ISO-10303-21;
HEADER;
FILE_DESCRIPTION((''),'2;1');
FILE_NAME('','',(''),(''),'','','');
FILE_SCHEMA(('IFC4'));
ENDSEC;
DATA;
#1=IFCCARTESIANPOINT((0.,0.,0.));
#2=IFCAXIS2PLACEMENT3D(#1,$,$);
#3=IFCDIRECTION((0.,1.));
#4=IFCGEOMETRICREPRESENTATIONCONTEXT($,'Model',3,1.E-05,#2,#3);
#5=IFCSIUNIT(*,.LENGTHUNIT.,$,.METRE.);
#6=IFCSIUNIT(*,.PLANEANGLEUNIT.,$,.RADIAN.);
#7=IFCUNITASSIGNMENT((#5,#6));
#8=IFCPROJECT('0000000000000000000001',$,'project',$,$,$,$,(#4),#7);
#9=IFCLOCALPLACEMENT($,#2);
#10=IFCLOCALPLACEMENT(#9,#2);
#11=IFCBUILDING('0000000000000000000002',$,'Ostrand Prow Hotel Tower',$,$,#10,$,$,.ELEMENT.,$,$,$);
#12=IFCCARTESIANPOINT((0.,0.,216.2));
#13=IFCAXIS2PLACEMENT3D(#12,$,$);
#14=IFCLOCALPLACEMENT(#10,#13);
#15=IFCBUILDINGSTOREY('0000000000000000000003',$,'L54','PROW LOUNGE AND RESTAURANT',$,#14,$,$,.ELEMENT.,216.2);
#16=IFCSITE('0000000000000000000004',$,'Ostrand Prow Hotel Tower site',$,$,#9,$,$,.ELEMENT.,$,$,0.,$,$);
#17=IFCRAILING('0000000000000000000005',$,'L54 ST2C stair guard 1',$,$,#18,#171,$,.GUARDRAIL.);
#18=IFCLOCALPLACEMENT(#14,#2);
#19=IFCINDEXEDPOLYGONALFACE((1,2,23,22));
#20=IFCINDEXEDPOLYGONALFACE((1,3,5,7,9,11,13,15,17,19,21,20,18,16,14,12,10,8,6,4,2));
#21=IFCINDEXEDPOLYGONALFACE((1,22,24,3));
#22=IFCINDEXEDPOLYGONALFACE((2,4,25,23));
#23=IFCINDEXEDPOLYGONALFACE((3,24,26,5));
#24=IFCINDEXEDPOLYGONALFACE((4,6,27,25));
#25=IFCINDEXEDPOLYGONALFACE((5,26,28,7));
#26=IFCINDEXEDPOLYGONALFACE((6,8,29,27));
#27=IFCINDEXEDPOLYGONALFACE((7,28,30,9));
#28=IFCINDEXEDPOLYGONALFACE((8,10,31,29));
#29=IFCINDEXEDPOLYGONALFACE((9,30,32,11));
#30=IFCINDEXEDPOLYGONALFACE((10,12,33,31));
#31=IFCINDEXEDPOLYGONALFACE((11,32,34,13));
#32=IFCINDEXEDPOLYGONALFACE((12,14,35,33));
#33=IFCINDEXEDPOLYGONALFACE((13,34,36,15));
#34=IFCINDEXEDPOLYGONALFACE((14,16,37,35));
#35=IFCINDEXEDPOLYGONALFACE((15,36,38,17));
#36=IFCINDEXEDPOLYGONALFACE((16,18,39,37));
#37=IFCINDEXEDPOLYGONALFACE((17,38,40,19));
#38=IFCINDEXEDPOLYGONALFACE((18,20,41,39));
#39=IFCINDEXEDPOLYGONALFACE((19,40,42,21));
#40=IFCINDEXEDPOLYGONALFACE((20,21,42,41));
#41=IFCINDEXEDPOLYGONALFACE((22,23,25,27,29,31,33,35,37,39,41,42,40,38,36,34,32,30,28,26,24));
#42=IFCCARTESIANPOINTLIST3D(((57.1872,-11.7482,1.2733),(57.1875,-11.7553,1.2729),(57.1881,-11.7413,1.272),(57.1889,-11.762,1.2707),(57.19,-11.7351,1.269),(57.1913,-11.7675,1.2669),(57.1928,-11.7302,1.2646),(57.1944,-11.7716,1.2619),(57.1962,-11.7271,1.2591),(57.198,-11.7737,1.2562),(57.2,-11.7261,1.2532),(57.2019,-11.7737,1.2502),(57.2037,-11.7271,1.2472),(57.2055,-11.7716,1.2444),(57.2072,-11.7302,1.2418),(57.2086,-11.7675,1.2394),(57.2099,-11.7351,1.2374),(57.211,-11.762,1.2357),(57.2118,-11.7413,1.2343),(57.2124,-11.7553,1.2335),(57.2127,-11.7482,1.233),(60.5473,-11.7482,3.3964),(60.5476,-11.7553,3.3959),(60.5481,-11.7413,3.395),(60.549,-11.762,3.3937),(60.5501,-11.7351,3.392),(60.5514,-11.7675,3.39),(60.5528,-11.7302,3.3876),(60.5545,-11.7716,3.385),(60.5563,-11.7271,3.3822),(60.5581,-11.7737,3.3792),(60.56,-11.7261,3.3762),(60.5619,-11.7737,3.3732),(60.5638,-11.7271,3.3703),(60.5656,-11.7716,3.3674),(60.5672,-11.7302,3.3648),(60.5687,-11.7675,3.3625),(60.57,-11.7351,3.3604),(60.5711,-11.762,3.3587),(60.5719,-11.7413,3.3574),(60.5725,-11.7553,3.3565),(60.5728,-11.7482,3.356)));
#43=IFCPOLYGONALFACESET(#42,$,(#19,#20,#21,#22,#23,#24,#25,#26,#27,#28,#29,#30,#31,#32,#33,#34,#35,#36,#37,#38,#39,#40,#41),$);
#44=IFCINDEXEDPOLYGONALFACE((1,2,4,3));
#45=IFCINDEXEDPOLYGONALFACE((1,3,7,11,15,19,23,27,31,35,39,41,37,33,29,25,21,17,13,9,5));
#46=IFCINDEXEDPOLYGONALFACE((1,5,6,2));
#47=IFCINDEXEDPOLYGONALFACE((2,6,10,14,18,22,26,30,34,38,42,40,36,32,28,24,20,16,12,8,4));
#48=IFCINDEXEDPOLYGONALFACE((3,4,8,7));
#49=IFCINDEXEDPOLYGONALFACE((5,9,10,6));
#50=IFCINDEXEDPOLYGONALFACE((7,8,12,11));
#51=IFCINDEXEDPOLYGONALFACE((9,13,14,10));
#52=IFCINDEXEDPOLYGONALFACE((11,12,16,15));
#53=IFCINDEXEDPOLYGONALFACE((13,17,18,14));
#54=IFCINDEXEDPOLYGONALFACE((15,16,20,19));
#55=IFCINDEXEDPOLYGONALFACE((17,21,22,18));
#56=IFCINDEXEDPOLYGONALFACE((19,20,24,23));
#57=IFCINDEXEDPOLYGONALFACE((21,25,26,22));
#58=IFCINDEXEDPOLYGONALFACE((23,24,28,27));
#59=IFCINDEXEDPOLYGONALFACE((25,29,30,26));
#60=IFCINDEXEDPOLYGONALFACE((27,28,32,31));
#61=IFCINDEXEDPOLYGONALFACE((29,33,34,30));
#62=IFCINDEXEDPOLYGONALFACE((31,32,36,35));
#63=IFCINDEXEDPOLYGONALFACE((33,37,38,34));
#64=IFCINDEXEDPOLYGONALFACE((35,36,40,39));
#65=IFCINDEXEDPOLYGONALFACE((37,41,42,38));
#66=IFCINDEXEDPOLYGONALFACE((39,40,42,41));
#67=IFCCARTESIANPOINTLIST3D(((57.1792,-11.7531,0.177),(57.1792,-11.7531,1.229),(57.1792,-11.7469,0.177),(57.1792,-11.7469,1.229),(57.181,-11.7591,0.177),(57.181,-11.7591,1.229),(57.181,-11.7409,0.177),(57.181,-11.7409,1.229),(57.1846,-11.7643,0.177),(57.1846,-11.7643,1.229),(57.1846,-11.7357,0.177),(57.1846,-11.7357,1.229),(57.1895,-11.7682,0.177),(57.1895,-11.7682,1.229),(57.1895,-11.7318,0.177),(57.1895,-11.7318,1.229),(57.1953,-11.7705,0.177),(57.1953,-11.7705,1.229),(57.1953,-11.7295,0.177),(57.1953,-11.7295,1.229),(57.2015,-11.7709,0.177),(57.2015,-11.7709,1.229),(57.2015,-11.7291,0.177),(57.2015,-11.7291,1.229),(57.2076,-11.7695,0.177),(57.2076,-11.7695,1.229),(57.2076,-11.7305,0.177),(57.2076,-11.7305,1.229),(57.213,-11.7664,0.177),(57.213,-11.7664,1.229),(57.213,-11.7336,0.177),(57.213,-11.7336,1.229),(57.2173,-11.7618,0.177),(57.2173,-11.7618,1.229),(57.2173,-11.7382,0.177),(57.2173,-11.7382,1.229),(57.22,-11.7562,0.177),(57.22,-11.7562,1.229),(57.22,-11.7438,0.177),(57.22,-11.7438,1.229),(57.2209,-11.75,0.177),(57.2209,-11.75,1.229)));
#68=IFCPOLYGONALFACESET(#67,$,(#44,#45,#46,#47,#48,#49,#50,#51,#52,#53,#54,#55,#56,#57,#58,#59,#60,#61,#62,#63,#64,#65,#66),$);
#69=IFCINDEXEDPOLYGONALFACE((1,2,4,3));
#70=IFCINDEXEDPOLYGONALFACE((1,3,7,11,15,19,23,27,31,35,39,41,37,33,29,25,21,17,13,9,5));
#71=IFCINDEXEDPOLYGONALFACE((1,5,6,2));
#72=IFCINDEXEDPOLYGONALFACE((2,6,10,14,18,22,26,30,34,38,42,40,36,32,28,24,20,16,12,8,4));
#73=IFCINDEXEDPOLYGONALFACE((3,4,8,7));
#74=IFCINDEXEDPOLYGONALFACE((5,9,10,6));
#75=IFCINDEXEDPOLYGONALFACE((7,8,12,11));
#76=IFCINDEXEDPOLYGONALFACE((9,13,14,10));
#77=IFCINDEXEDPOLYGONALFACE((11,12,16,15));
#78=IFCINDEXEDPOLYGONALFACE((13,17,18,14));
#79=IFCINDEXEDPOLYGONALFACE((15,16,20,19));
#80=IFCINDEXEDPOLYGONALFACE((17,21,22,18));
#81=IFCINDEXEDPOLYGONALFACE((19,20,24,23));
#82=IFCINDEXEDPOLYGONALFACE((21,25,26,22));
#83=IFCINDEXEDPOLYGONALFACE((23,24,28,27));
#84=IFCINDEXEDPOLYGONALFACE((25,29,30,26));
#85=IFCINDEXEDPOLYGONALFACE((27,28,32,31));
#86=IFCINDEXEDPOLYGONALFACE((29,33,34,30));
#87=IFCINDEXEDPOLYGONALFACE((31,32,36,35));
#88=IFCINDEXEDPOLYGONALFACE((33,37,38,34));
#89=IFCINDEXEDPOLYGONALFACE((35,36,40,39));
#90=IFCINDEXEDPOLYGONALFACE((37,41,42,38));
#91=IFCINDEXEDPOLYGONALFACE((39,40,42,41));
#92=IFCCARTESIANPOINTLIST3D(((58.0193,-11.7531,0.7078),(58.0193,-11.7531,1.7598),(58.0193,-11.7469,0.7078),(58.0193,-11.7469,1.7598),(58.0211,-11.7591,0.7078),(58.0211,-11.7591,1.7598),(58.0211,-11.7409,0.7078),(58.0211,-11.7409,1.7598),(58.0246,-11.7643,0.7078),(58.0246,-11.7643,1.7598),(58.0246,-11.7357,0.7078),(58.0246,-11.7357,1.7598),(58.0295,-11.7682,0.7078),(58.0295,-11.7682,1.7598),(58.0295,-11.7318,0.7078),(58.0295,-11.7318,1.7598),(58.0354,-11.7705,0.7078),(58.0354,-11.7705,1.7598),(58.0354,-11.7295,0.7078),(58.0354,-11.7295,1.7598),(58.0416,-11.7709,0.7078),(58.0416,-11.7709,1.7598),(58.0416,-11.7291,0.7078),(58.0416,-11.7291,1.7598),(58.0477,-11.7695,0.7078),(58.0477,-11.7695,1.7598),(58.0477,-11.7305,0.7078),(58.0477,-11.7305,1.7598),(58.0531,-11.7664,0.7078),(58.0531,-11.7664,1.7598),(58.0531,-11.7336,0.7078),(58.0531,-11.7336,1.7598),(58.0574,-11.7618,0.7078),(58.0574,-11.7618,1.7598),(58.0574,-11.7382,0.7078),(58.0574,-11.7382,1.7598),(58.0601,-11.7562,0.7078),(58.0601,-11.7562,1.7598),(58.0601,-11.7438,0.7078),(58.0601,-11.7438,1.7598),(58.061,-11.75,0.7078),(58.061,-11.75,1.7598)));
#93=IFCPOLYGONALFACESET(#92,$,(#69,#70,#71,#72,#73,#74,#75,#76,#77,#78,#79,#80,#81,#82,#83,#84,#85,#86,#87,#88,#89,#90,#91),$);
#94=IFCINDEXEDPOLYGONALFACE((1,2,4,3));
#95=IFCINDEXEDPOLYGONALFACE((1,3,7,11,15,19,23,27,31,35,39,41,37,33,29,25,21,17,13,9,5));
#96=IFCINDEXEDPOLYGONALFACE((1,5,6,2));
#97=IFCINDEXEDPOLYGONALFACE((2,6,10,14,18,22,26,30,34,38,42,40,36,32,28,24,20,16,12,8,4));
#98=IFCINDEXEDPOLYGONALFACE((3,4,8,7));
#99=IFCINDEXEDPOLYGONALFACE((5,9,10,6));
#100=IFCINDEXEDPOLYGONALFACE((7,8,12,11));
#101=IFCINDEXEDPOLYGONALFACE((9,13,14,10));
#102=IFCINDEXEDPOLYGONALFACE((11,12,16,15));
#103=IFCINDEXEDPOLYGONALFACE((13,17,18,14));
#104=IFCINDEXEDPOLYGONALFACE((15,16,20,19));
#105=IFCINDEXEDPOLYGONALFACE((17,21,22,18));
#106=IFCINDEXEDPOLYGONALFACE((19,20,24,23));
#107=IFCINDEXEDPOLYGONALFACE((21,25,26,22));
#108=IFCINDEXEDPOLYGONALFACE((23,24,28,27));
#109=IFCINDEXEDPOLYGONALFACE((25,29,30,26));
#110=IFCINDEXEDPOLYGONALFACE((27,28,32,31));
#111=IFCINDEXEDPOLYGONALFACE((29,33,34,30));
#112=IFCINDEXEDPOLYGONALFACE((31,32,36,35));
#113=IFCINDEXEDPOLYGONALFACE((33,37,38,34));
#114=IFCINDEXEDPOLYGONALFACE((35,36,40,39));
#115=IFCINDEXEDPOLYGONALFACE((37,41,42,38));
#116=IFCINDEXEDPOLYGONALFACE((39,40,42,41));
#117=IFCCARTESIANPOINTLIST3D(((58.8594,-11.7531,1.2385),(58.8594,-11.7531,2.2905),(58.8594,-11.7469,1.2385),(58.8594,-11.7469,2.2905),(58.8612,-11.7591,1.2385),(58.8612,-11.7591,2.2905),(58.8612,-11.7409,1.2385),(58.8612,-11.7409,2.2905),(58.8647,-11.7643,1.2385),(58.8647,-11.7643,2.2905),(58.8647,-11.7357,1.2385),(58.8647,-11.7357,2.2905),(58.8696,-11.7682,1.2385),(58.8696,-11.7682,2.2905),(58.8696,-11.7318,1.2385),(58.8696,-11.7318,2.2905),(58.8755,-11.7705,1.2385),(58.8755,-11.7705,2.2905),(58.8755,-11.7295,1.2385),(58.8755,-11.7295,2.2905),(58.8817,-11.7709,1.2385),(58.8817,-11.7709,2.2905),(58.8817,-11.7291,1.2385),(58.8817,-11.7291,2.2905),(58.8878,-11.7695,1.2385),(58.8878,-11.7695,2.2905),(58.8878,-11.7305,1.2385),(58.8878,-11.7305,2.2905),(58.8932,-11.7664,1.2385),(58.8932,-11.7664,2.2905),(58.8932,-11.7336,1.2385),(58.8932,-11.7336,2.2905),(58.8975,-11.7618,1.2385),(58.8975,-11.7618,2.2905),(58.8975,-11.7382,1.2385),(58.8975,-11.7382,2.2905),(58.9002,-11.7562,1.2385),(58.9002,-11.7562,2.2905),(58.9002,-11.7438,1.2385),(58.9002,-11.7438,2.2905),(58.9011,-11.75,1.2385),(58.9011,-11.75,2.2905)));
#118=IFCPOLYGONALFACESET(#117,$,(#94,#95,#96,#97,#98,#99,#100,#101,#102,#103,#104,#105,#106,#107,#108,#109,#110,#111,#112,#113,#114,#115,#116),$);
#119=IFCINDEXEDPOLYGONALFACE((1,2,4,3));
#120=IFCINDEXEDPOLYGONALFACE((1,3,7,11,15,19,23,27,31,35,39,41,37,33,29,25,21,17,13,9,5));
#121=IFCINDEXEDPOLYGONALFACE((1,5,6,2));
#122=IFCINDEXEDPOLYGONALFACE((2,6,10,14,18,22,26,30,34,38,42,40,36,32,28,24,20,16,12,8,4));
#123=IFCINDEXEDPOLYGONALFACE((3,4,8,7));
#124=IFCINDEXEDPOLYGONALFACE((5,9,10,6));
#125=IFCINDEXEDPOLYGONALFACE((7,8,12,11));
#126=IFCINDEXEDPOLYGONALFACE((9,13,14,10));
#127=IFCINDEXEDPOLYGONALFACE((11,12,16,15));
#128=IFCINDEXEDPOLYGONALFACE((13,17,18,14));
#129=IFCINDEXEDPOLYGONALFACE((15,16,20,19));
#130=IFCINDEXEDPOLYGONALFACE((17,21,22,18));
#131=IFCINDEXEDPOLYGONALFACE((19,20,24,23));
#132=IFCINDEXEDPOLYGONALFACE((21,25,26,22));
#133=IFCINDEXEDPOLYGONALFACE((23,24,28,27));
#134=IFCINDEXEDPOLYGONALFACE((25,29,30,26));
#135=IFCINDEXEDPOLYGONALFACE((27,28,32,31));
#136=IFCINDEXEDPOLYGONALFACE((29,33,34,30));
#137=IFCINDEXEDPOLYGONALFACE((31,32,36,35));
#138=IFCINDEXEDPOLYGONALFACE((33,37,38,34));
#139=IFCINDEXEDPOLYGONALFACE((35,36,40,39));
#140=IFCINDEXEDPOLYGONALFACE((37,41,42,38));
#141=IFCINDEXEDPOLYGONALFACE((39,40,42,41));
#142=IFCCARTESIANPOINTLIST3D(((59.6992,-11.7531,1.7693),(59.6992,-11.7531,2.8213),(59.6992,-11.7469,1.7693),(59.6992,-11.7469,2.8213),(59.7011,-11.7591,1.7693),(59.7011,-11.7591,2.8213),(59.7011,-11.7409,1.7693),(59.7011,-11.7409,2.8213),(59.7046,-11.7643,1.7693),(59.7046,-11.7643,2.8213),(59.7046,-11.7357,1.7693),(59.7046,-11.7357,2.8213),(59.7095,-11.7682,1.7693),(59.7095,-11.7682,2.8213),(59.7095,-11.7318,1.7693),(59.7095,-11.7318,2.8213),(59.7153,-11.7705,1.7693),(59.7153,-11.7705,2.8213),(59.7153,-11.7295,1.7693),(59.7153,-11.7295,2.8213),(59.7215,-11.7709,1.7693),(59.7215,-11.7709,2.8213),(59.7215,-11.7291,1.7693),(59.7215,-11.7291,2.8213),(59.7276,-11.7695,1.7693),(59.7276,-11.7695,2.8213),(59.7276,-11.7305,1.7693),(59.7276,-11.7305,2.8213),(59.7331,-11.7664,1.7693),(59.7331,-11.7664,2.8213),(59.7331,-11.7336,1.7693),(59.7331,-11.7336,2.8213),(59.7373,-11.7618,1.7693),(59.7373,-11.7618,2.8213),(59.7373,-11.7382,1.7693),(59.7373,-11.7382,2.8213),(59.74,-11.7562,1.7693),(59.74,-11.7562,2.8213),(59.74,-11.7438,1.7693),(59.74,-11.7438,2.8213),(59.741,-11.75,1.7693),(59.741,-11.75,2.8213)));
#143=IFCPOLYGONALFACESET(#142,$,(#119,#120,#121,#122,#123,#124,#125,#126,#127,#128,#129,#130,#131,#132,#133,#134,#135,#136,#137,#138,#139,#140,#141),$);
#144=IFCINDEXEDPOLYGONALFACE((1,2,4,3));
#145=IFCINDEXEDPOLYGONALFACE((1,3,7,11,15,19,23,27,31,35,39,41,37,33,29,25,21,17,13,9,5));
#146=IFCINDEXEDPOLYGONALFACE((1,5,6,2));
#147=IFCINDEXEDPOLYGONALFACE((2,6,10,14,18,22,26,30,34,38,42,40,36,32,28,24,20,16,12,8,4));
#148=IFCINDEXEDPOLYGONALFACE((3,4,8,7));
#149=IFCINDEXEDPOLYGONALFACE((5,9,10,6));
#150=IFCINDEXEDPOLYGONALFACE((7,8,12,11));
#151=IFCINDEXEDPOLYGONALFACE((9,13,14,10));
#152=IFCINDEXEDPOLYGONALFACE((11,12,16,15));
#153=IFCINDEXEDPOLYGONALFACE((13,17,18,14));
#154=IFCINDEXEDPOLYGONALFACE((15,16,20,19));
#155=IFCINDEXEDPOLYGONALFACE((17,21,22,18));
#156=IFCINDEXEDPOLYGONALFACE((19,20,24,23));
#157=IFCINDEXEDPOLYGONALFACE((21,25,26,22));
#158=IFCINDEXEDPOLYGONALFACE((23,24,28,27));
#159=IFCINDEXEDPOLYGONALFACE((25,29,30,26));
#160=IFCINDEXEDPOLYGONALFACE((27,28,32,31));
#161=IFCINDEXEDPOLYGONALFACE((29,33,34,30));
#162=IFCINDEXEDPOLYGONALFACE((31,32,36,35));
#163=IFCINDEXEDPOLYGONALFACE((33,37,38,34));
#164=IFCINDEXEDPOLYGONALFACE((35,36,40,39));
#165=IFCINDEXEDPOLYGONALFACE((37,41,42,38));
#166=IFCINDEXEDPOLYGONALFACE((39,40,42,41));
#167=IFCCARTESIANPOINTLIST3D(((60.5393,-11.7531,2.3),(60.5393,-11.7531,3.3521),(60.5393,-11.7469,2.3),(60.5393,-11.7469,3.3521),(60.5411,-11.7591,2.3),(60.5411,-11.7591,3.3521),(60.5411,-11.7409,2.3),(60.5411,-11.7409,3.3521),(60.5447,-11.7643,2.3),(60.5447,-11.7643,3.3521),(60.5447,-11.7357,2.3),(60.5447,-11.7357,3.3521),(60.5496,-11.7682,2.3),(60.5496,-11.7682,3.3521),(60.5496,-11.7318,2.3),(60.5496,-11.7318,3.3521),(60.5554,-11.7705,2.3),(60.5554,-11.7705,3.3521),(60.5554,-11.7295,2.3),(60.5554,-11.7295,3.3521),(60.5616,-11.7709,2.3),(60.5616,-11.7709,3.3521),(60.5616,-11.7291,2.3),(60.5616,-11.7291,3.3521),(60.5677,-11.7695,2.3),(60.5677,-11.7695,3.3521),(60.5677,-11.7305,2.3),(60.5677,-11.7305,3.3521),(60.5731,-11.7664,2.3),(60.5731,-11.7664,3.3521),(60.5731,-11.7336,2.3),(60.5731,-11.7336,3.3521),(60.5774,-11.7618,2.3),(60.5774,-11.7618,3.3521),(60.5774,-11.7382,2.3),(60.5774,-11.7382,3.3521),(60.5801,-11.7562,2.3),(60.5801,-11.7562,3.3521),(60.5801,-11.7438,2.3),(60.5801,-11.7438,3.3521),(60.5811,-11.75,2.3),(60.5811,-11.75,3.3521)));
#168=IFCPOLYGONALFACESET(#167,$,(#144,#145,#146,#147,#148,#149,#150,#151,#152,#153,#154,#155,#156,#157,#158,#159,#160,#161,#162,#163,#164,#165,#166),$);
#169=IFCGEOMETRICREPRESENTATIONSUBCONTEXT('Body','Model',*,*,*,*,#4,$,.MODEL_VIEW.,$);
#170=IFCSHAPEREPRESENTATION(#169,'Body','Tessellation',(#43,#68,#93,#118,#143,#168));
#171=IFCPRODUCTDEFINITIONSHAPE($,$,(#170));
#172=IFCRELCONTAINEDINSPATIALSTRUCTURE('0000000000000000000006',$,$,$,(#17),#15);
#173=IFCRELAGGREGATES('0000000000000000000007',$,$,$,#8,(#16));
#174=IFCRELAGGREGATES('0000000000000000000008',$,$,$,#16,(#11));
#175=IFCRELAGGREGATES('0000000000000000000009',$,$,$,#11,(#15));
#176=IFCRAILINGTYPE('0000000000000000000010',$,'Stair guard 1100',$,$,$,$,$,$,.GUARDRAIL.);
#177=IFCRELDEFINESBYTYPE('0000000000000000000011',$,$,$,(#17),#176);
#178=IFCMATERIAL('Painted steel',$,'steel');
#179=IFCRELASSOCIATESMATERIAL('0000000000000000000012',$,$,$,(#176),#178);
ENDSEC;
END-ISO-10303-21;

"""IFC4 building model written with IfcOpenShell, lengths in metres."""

from ifc_helpers import new_model, si_unit, direction, frame, origin, origin_2d, place, context, subcontext, project, spatial, circle, extrude, material, type_object, element, save


model = new_model("IFC4")

# Units and contexts
model_context = context("Model", 3, precision=1e-05, world=origin(), true_north=direction((0.0, 1.0)))
body_context = subcontext(model_context, "Body", "Model", "MODEL_VIEW")
ifc_project = project(units=[si_unit("LENGTHUNIT", "METRE"), si_unit("PLANEANGLEUNIT", "RADIAN")], contexts=[model_context])

# Site, building, storey
site_placement = place(None, origin())
site = spatial("IfcSite", under=ifc_project, at=site_placement, Name="Ostrand Prow Hotel Tower site", CompositionType="ELEMENT", RefElevation=0.0)
building_placement = place(site_placement, origin())
building = spatial("IfcBuilding", under=site, at=building_placement, Name="Ostrand Prow Hotel Tower", CompositionType="ELEMENT")
storey_placement = place(building_placement, frame((0.0, 0.0, 216.2)))
storey = spatial("IfcBuildingStorey", under=building, at=storey_placement, Name="L54", Description="PROW LOUNGE AND RESTAURANT", CompositionType="ELEMENT", Elevation=216.2)

# Railing
ifc_material_1 = material(Name="Painted steel", Category="steel")
railing_type_1 = type_object("IfcRailingType", Name="Stair guard 1100", PredefinedType="GUARDRAIL", material=ifc_material_1)
railing_1_placement = place(storey_placement, frame((57.2, -11.75, 0.177)))
element("IfcRailing", 1, at=railing_1_placement, inside=storey, type_object=railing_type_1, Name="L54 ST2C stair guard 1", PredefinedType="GUARDRAIL", context=body_context, shape_type="SweptSolid", body=[
    extrude(circle(Radius=0.0239, at=origin_2d()), frame((0.0, 0.0, 1.0762), z_axis=(0.84539, 0.0, 0.53415), x_axis=(0.0, 1.0, 0.0)), (0.0, 0.0, 1.0), 3.9746),
    extrude(circle(Radius=0.021, at=origin_2d()), origin(), (0.0, 0.0, 1.0), 1.052),
    extrude(circle(Radius=0.021, at=origin_2d()), frame((0.8401, 0.0, 0.5308)), (0.0, 0.0, 1.0), 1.052),
    extrude(circle(Radius=0.021, at=origin_2d()), frame((1.6802, 0.0, 1.0615)), (0.0, 0.0, 1.0), 1.052),
    extrude(circle(Radius=0.021, at=origin_2d()), frame((2.52, 0.0, 1.5923)), (0.0, 0.0, 1.0), 1.052),
    extrude(circle(Radius=0.021, at=origin_2d()), frame((3.3601, 0.0, 2.123)), (0.0, 0.0, 1.0), 1.052),
])

save(model, "model.ifc")
